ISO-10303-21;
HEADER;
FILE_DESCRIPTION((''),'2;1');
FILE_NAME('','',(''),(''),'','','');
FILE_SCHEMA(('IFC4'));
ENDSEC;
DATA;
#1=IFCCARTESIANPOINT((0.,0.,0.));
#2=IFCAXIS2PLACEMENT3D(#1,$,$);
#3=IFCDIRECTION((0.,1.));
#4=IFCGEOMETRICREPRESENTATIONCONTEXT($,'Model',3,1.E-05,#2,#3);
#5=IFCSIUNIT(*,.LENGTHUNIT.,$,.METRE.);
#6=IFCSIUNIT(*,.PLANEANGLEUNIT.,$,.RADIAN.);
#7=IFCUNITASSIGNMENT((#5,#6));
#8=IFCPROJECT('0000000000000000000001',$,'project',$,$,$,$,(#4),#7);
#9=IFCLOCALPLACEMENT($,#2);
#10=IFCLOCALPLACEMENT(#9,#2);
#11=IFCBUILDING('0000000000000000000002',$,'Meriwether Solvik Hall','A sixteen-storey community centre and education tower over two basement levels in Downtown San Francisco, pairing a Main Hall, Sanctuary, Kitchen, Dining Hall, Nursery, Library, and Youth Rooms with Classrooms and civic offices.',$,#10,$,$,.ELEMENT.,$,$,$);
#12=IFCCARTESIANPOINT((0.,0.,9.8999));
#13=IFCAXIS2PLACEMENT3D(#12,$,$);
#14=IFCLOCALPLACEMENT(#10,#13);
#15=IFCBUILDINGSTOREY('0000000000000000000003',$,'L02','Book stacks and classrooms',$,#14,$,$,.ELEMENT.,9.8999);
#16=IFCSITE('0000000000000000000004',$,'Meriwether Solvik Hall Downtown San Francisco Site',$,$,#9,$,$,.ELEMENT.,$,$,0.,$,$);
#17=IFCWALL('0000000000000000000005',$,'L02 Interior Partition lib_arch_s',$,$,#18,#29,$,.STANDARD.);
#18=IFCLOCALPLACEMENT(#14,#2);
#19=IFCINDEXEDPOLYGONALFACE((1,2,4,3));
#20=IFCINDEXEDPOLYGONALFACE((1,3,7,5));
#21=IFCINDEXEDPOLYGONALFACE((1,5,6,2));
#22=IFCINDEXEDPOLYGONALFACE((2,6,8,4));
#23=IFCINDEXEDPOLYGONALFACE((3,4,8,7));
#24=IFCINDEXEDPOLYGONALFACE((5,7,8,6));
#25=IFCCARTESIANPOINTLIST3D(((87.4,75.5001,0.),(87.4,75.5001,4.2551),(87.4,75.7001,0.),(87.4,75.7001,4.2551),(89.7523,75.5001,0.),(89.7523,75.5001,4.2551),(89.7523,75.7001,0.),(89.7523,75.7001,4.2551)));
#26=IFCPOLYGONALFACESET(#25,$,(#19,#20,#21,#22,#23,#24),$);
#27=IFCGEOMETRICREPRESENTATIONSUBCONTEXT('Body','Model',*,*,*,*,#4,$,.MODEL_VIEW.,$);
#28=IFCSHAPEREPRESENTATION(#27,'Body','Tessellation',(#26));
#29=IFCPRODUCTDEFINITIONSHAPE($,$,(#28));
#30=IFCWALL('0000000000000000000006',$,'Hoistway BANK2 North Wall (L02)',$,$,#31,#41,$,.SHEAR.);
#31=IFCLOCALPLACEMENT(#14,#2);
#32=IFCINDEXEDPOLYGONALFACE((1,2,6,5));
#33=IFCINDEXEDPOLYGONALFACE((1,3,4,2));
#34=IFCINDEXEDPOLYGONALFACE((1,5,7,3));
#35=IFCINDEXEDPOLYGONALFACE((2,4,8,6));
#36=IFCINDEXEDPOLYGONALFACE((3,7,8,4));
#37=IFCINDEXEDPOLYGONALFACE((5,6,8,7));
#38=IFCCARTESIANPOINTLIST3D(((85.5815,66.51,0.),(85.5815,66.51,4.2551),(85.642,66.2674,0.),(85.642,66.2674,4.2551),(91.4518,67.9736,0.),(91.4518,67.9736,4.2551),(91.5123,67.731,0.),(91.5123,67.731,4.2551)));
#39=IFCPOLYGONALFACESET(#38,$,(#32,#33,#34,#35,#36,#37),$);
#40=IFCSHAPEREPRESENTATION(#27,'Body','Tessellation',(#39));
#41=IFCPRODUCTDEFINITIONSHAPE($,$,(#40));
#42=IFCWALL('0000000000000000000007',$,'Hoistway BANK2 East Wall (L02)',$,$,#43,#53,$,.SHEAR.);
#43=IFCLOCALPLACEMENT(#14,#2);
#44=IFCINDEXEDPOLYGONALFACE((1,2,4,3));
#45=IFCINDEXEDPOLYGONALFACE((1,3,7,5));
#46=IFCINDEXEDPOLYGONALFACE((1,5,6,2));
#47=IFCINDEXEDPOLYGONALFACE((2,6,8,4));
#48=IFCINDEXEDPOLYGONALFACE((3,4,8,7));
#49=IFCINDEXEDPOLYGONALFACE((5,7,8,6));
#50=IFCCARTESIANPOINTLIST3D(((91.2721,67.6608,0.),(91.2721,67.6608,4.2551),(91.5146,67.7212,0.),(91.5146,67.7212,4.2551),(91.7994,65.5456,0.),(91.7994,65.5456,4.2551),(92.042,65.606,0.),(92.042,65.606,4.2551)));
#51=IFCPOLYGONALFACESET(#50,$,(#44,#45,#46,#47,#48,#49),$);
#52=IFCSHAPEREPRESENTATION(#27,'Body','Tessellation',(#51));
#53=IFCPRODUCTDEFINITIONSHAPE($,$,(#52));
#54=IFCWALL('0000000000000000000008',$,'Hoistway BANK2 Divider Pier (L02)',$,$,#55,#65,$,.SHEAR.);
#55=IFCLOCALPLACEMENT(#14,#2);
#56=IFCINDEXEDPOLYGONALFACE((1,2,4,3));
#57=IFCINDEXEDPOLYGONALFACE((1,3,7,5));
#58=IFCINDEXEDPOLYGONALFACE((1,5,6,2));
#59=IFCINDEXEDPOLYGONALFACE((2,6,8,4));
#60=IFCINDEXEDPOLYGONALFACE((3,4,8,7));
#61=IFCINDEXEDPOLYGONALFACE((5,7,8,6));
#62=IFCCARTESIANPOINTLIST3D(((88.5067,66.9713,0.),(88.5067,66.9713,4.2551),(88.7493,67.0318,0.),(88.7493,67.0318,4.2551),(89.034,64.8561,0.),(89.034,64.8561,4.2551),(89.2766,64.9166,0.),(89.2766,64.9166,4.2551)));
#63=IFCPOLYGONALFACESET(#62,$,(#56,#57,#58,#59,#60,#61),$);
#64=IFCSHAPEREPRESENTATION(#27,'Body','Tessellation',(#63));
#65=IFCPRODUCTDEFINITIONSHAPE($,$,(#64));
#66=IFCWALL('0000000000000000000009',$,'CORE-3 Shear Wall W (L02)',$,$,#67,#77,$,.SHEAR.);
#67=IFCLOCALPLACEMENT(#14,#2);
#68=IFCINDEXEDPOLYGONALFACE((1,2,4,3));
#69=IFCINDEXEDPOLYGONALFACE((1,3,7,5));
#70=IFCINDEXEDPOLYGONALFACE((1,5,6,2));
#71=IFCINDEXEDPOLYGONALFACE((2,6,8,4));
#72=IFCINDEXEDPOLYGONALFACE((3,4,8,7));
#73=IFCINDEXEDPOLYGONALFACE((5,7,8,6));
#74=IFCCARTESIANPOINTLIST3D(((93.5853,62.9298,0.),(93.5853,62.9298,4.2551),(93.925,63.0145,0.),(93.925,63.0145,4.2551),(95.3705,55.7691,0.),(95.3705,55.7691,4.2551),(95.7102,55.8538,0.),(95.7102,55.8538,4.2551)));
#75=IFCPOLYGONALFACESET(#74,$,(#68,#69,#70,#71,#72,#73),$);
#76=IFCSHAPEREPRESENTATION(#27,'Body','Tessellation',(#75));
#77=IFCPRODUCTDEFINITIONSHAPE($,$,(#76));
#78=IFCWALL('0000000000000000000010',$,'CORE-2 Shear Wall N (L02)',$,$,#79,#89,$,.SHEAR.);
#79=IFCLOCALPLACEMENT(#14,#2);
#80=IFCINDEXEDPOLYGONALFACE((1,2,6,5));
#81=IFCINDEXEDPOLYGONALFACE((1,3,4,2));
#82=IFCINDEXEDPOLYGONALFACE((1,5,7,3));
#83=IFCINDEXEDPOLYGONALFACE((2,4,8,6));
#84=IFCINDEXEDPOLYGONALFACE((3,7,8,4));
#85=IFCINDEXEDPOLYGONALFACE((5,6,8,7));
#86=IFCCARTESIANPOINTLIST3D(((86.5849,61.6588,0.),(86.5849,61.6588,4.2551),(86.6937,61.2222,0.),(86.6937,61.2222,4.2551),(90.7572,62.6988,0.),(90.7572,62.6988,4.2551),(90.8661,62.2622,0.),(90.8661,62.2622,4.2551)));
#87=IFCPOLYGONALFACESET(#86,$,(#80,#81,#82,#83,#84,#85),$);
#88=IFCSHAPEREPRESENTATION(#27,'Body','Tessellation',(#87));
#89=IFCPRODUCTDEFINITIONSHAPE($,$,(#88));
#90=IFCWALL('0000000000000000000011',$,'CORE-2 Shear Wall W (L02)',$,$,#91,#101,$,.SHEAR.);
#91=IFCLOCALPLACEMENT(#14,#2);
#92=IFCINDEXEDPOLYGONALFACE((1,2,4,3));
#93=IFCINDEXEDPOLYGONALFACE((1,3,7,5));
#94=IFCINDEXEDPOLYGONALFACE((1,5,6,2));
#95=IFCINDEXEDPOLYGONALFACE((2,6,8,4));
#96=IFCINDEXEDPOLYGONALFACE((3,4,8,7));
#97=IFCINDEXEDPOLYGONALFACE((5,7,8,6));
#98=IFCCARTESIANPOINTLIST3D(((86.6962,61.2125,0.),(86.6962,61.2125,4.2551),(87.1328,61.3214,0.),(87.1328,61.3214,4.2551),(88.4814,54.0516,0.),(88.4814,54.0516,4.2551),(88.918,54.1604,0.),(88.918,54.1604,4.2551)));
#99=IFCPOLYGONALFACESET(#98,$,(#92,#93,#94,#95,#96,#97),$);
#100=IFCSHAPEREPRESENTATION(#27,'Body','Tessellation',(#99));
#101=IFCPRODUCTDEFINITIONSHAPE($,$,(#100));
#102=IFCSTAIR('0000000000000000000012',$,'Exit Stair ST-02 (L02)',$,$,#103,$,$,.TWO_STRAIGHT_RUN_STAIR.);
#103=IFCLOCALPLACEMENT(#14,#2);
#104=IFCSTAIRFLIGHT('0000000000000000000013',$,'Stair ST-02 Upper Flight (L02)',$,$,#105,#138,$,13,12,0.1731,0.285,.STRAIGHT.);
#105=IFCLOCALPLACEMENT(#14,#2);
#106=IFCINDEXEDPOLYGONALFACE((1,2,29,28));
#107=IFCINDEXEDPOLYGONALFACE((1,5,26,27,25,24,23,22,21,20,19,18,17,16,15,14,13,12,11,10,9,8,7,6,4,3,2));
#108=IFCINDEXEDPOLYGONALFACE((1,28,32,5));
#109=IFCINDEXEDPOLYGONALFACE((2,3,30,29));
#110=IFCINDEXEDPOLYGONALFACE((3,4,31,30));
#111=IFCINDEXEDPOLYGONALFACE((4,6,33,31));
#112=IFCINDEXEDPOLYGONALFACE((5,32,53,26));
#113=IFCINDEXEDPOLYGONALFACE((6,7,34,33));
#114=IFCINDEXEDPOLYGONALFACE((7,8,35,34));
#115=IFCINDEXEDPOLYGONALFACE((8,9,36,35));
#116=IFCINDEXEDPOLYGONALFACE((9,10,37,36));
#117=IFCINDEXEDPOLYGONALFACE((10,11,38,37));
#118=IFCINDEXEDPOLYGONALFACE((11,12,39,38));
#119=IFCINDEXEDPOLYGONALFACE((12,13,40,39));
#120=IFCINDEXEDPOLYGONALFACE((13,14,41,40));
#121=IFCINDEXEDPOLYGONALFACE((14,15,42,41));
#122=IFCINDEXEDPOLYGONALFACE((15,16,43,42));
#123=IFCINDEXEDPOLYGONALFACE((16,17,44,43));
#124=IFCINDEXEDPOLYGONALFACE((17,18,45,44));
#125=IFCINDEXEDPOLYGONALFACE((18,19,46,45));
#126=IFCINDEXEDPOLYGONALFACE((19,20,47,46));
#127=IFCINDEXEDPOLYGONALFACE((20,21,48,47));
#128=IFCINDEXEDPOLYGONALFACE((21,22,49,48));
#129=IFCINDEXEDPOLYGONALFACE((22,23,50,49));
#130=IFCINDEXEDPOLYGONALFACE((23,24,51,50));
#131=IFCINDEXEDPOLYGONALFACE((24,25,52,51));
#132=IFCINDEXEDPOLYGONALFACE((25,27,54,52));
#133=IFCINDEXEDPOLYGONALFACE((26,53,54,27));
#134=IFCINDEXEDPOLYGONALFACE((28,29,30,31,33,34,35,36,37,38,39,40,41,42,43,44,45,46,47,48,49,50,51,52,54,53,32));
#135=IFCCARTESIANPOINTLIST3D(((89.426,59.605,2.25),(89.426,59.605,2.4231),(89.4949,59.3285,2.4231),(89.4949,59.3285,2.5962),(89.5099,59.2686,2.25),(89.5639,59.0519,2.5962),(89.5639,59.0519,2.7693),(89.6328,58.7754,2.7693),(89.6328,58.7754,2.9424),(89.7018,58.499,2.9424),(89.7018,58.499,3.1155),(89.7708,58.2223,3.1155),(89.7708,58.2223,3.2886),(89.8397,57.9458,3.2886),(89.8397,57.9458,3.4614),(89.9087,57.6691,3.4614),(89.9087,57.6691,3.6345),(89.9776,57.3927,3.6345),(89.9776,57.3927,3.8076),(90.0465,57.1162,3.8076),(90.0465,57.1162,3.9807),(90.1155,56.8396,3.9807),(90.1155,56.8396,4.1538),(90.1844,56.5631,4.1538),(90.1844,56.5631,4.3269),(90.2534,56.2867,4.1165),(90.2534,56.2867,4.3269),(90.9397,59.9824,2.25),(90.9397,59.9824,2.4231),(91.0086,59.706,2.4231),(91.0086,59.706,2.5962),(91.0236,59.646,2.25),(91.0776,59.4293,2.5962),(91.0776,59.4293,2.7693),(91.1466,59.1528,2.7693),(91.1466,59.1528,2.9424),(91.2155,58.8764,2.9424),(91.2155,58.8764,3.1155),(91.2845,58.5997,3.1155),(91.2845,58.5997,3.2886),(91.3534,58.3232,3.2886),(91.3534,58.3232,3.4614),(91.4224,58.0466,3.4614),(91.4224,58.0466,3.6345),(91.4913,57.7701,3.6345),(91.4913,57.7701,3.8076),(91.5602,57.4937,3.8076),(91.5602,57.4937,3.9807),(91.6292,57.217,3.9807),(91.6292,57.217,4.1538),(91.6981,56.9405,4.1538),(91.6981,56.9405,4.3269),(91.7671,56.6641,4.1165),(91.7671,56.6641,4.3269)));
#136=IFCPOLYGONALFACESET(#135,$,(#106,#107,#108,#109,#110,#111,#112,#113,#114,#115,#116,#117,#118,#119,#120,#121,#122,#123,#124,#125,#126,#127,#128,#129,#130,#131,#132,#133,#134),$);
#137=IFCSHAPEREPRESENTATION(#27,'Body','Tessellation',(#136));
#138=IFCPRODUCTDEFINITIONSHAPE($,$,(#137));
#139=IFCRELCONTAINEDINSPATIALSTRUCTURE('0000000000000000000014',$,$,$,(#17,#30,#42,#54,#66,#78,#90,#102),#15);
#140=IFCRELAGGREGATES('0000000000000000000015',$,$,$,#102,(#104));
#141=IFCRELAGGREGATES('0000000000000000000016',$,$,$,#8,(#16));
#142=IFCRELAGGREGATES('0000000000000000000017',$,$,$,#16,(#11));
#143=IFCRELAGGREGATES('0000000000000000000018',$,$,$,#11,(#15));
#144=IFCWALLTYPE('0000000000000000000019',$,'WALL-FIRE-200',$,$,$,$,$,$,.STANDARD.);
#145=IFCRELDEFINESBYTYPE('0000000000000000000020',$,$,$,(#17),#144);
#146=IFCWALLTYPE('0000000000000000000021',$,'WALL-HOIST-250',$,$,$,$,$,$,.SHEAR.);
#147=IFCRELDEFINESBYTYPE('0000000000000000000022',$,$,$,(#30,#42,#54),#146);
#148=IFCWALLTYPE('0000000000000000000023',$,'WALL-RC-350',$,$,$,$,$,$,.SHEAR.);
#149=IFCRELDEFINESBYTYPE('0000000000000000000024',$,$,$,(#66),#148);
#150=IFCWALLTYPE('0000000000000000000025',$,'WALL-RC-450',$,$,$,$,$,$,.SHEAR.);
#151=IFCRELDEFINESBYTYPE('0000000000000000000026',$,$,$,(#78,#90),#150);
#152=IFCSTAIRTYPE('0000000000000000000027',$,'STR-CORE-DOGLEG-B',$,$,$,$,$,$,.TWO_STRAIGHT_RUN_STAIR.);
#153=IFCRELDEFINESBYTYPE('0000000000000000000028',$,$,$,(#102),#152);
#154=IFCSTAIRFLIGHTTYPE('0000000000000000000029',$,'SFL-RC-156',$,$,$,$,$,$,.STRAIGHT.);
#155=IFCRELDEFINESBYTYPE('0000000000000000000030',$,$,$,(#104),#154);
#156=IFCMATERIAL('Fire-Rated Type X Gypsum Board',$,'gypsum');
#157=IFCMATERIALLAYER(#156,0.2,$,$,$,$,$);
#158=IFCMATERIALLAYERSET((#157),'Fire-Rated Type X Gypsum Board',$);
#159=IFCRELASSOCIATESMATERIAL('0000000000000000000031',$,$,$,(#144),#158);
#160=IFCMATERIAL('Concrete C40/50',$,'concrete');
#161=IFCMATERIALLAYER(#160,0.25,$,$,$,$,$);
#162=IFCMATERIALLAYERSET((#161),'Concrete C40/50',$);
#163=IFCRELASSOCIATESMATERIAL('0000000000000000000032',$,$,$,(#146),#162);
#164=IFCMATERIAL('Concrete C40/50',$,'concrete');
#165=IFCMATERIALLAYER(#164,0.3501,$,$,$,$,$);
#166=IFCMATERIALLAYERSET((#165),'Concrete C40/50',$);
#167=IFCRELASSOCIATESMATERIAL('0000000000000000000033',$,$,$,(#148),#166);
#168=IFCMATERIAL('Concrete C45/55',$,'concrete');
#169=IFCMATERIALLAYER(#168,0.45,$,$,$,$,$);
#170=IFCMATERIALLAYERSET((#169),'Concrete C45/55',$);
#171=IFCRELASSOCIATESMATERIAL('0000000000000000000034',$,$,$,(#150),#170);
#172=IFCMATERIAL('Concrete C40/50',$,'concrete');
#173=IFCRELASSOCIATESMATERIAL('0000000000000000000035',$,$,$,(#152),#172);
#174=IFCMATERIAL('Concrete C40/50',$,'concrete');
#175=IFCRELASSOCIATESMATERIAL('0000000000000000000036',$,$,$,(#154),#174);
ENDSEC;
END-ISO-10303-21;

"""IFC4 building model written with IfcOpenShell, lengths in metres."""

from ifc_helpers import new_model, si_unit, direction, frame, frame_2d, origin, place, context, subcontext, project, spatial, polyline, rectangle, outline, extrude, material, layer, layer_set, type_object, element, aggregate, save


model = new_model("IFC4")

# Units and contexts
model_context = context("Model", 3, precision=1e-05, world=origin(), true_north=direction((0.0, 1.0)))
body_context = subcontext(model_context, "Body", "Model", "MODEL_VIEW")
ifc_project = project(units=[si_unit("LENGTHUNIT", "METRE"), si_unit("PLANEANGLEUNIT", "RADIAN")], contexts=[model_context])

# Site, building, storey
site_placement = place(None, origin())
site = spatial("IfcSite", under=ifc_project, at=site_placement, Name="Meriwether Solvik Hall Downtown San Francisco Site", CompositionType="ELEMENT", RefElevation=0.0)
building_placement = place(site_placement, origin())
building = spatial("IfcBuilding", under=site, at=building_placement, Name="Meriwether Solvik Hall", Description="A sixteen-storey community centre and education tower over two basement levels in Downtown San Francisco, pairing a Main Hall, Sanctuary, Kitchen, Dining Hall, Nursery, Library, and Youth Rooms with Classrooms and civic offices.", CompositionType="ELEMENT")
storey_placement = place(building_placement, frame((0.0, 0.0, 9.8999)))
storey = spatial("IfcBuildingStorey", under=building, at=storey_placement, Name="L02", Description="Book stacks and classrooms", CompositionType="ELEMENT", Elevation=9.8999)

# Shared definitions
ifc_material_1 = material(Name="Fire-Rated Type X Gypsum Board", Category="gypsum")
ifc_layer_1 = layer(ifc_material_1, 0.2)
ifc_layer_set_1 = layer_set([ifc_layer_1], Name="Fire-Rated Type X Gypsum Board")
wall_type_1 = type_object("IfcWallType", Name="WALL-FIRE-200", PredefinedType="STANDARD", material=ifc_layer_set_1)

# Walls
wall_1_placement = place(storey_placement, frame((87.3999, 75.6001, 0.0), z_axis=(0.0, 0.0, 1.0), x_axis=(1.0, 0.0, 0.0)))
element("IfcWall", 1, at=wall_1_placement, inside=storey, type_object=wall_type_1, Name="L02 Interior Partition lib_arch_s", PredefinedType="STANDARD", context=body_context, shape_type="SweptSolid", body=[
    extrude(rectangle(XDim=2.3523, YDim=0.2, at=frame_2d((1.1763, 0.0))), origin(), (0.0, 0.0, 1.0), 4.2551),
])
ifc_material_2 = material(Name="Concrete C40/50", Category="concrete")
ifc_layer_2 = layer(ifc_material_2, 0.25)
ifc_layer_set_2 = layer_set([ifc_layer_2], Name="Concrete C40/50")
wall_type_2 = type_object("IfcWallType", Name="WALL-HOIST-250", PredefinedType="SHEAR", material=ifc_layer_set_2)
wall_2_placement = place(storey_placement, frame((91.4819, 67.8523, 0.0), z_axis=(0.0, 0.0, 1.0), x_axis=(-0.970297, -0.241918, 0.0)))
element("IfcWall", 2, at=wall_2_placement, inside=storey, type_object=wall_type_2, Name="Hoistway BANK2 North Wall (L02)", PredefinedType="SHEAR", context=body_context, shape_type="SweptSolid", body=[
    extrude(rectangle(XDim=6.05, YDim=0.25, at=frame_2d((3.0249, 0.0))), origin(), (0.0, 0.0, 1.0), 4.2551),
])
for number, where, z_axis, x_axis, name in (
    (3, (91.9207, 65.5759, 0.0), (0.0, 0.0, 1.0), (-0.241903, 0.9703, 0.0), "Hoistway BANK2 East Wall (L02)"),
    (4, (89.1553, 64.8865, 0.0), (0.0, 0.0, 1.0), (-0.241903, 0.9703, 0.0), "Hoistway BANK2 Divider Pier (L02)"),
):
    element("IfcWall", number, at=place(storey_placement, frame(where, z_axis=z_axis, x_axis=x_axis)), inside=storey, type_object=wall_type_2, Name=name, PredefinedType="SHEAR", context=body_context, shape_type="SweptSolid", body=[
        extrude(rectangle(XDim=2.1799, YDim=0.25, at=frame_2d((1.0898, 0.0))), origin(), (0.0, 0.0, 1.0), 4.2551),
    ])

# Walls
ifc_material_3 = material(Name="Concrete C40/50", Category="concrete")
ifc_layer_3 = layer(ifc_material_3, 0.3501)
ifc_layer_set_3 = layer_set([ifc_layer_3], Name="Concrete C40/50")
wall_type_3 = type_object("IfcWallType", Name="WALL-RC-350", PredefinedType="SHEAR", material=ifc_layer_set_3)
wall_3_placement = place(storey_placement, frame((93.7551, 62.9722, 0.0), z_axis=(0.0, 0.0, 1.0), x_axis=(0.241897, -0.970302, 0.0)))
element("IfcWall", 5, at=wall_3_placement, inside=storey, type_object=wall_type_3, Name="CORE-3 Shear Wall W (L02)", PredefinedType="SHEAR", context=body_context, shape_type="SweptSolid", body=[
    extrude(rectangle(XDim=7.3799, YDim=0.3501, at=frame_2d((3.6899, 0.0))), origin(), (0.0, 0.0, 1.0), 4.2551),
])
ifc_material_4 = material(Name="Concrete C45/55", Category="concrete")
ifc_layer_4 = layer(ifc_material_4, 0.45)
ifc_layer_set_4 = layer_set([ifc_layer_4], Name="Concrete C45/55")
wall_type_4 = type_object("IfcWallType", Name="WALL-RC-450", PredefinedType="SHEAR", material=ifc_layer_set_4)
wall_4_placement = place(storey_placement, frame((90.8115, 62.4805, 0.0), z_axis=(0.0, 0.0, 1.0), x_axis=(-0.970309, -0.241868, 0.0)))
element("IfcWall", 6, at=wall_4_placement, inside=storey, type_object=wall_type_4, Name="CORE-2 Shear Wall N (L02)", PredefinedType="SHEAR", context=body_context, shape_type="SweptSolid", body=[
    extrude(rectangle(XDim=4.3, YDim=0.45, at=frame_2d((2.1499, 0.0))), origin(), (0.0, 0.0, 1.0), 4.2551),
])
wall_5_placement = place(storey_placement, frame((86.9146, 61.2668, 0.0), z_axis=(0.0, 0.0, 1.0), x_axis=(0.24189, -0.970304, 0.0)))
element("IfcWall", 7, at=wall_5_placement, inside=storey, type_object=wall_type_4, Name="CORE-2 Shear Wall W (L02)", PredefinedType="SHEAR", context=body_context, shape_type="SweptSolid", body=[
    extrude(rectangle(XDim=7.3801, YDim=0.45, at=frame_2d((3.6899, 0.0))), origin(), (0.0, 0.0, 1.0), 4.2551),
])

# Stair, stair flight
ifc_material_5 = material(Name="Concrete C40/50", Category="concrete")
stair_type = type_object("IfcStairType", Name="STR-CORE-DOGLEG-B", PredefinedType="TWO_STRAIGHT_RUN_STAIR", material=ifc_material_5)
stair_placement = place(storey_placement, origin())
stair = element("IfcStair", 8, at=stair_placement, inside=storey, type_object=stair_type, Name="Exit Stair ST-02 (L02)", PredefinedType="TWO_STRAIGHT_RUN_STAIR")
ifc_material_6 = material(Name="Concrete C40/50", Category="concrete")
stair_flight_type = type_object("IfcStairFlightType", Name="SFL-RC-156", PredefinedType="STRAIGHT", material=ifc_material_6)
stair_flight_placement = place(storey_placement, frame((90.1829, 59.7937, 2.25), z_axis=(0.0, 0.0, 1.0), x_axis=(0.241922, -0.970296, 0.0)))
stair_flight = element("IfcStairFlight", 9, at=stair_flight_placement, type_object=stair_flight_type, Name="Stair ST-02 Upper Flight (L02)", NumberOfRisers=13, NumberOfTreads=12, PredefinedType="STRAIGHT", RiserHeight=0.1731, TreadLength=0.285, context=body_context, shape_type="SweptSolid", body=[
    extrude(outline(polyline([(0.0, 0.0), (0.0, 0.1731), (0.2849, 0.1731), (0.2849, 0.3462), (0.5701, 0.3462), (0.5701, 0.5193), (0.855, 0.5193), (0.855, 0.6924), (1.1399, 0.6924), (1.1399, 0.8655), (1.425, 0.8655), (1.425, 1.0386), (1.71, 1.0386), (1.71, 1.2114), (1.9951, 1.2114), (1.9951, 1.3845), (2.28, 1.3845), (2.28, 1.5576), (2.5649, 1.5576), (2.5649, 1.7307), (2.8501, 1.7307), (2.8501, 1.9038), (3.135, 1.9038), (3.135, 2.0769), (3.4199, 2.0769), (3.4199, 2.25), (3.4199, 1.8665), (0.3467, 0.0), (0.0, 0.0)])), frame((0.0, 0.78, 0.0), z_axis=(0.0, -1.0, 0.0), x_axis=(1.0, 0.0, 0.0)), (0.0, 0.0, 1.0), 1.5601),
])
aggregate(stair, [stair_flight])

save(model, "model.ifc")
